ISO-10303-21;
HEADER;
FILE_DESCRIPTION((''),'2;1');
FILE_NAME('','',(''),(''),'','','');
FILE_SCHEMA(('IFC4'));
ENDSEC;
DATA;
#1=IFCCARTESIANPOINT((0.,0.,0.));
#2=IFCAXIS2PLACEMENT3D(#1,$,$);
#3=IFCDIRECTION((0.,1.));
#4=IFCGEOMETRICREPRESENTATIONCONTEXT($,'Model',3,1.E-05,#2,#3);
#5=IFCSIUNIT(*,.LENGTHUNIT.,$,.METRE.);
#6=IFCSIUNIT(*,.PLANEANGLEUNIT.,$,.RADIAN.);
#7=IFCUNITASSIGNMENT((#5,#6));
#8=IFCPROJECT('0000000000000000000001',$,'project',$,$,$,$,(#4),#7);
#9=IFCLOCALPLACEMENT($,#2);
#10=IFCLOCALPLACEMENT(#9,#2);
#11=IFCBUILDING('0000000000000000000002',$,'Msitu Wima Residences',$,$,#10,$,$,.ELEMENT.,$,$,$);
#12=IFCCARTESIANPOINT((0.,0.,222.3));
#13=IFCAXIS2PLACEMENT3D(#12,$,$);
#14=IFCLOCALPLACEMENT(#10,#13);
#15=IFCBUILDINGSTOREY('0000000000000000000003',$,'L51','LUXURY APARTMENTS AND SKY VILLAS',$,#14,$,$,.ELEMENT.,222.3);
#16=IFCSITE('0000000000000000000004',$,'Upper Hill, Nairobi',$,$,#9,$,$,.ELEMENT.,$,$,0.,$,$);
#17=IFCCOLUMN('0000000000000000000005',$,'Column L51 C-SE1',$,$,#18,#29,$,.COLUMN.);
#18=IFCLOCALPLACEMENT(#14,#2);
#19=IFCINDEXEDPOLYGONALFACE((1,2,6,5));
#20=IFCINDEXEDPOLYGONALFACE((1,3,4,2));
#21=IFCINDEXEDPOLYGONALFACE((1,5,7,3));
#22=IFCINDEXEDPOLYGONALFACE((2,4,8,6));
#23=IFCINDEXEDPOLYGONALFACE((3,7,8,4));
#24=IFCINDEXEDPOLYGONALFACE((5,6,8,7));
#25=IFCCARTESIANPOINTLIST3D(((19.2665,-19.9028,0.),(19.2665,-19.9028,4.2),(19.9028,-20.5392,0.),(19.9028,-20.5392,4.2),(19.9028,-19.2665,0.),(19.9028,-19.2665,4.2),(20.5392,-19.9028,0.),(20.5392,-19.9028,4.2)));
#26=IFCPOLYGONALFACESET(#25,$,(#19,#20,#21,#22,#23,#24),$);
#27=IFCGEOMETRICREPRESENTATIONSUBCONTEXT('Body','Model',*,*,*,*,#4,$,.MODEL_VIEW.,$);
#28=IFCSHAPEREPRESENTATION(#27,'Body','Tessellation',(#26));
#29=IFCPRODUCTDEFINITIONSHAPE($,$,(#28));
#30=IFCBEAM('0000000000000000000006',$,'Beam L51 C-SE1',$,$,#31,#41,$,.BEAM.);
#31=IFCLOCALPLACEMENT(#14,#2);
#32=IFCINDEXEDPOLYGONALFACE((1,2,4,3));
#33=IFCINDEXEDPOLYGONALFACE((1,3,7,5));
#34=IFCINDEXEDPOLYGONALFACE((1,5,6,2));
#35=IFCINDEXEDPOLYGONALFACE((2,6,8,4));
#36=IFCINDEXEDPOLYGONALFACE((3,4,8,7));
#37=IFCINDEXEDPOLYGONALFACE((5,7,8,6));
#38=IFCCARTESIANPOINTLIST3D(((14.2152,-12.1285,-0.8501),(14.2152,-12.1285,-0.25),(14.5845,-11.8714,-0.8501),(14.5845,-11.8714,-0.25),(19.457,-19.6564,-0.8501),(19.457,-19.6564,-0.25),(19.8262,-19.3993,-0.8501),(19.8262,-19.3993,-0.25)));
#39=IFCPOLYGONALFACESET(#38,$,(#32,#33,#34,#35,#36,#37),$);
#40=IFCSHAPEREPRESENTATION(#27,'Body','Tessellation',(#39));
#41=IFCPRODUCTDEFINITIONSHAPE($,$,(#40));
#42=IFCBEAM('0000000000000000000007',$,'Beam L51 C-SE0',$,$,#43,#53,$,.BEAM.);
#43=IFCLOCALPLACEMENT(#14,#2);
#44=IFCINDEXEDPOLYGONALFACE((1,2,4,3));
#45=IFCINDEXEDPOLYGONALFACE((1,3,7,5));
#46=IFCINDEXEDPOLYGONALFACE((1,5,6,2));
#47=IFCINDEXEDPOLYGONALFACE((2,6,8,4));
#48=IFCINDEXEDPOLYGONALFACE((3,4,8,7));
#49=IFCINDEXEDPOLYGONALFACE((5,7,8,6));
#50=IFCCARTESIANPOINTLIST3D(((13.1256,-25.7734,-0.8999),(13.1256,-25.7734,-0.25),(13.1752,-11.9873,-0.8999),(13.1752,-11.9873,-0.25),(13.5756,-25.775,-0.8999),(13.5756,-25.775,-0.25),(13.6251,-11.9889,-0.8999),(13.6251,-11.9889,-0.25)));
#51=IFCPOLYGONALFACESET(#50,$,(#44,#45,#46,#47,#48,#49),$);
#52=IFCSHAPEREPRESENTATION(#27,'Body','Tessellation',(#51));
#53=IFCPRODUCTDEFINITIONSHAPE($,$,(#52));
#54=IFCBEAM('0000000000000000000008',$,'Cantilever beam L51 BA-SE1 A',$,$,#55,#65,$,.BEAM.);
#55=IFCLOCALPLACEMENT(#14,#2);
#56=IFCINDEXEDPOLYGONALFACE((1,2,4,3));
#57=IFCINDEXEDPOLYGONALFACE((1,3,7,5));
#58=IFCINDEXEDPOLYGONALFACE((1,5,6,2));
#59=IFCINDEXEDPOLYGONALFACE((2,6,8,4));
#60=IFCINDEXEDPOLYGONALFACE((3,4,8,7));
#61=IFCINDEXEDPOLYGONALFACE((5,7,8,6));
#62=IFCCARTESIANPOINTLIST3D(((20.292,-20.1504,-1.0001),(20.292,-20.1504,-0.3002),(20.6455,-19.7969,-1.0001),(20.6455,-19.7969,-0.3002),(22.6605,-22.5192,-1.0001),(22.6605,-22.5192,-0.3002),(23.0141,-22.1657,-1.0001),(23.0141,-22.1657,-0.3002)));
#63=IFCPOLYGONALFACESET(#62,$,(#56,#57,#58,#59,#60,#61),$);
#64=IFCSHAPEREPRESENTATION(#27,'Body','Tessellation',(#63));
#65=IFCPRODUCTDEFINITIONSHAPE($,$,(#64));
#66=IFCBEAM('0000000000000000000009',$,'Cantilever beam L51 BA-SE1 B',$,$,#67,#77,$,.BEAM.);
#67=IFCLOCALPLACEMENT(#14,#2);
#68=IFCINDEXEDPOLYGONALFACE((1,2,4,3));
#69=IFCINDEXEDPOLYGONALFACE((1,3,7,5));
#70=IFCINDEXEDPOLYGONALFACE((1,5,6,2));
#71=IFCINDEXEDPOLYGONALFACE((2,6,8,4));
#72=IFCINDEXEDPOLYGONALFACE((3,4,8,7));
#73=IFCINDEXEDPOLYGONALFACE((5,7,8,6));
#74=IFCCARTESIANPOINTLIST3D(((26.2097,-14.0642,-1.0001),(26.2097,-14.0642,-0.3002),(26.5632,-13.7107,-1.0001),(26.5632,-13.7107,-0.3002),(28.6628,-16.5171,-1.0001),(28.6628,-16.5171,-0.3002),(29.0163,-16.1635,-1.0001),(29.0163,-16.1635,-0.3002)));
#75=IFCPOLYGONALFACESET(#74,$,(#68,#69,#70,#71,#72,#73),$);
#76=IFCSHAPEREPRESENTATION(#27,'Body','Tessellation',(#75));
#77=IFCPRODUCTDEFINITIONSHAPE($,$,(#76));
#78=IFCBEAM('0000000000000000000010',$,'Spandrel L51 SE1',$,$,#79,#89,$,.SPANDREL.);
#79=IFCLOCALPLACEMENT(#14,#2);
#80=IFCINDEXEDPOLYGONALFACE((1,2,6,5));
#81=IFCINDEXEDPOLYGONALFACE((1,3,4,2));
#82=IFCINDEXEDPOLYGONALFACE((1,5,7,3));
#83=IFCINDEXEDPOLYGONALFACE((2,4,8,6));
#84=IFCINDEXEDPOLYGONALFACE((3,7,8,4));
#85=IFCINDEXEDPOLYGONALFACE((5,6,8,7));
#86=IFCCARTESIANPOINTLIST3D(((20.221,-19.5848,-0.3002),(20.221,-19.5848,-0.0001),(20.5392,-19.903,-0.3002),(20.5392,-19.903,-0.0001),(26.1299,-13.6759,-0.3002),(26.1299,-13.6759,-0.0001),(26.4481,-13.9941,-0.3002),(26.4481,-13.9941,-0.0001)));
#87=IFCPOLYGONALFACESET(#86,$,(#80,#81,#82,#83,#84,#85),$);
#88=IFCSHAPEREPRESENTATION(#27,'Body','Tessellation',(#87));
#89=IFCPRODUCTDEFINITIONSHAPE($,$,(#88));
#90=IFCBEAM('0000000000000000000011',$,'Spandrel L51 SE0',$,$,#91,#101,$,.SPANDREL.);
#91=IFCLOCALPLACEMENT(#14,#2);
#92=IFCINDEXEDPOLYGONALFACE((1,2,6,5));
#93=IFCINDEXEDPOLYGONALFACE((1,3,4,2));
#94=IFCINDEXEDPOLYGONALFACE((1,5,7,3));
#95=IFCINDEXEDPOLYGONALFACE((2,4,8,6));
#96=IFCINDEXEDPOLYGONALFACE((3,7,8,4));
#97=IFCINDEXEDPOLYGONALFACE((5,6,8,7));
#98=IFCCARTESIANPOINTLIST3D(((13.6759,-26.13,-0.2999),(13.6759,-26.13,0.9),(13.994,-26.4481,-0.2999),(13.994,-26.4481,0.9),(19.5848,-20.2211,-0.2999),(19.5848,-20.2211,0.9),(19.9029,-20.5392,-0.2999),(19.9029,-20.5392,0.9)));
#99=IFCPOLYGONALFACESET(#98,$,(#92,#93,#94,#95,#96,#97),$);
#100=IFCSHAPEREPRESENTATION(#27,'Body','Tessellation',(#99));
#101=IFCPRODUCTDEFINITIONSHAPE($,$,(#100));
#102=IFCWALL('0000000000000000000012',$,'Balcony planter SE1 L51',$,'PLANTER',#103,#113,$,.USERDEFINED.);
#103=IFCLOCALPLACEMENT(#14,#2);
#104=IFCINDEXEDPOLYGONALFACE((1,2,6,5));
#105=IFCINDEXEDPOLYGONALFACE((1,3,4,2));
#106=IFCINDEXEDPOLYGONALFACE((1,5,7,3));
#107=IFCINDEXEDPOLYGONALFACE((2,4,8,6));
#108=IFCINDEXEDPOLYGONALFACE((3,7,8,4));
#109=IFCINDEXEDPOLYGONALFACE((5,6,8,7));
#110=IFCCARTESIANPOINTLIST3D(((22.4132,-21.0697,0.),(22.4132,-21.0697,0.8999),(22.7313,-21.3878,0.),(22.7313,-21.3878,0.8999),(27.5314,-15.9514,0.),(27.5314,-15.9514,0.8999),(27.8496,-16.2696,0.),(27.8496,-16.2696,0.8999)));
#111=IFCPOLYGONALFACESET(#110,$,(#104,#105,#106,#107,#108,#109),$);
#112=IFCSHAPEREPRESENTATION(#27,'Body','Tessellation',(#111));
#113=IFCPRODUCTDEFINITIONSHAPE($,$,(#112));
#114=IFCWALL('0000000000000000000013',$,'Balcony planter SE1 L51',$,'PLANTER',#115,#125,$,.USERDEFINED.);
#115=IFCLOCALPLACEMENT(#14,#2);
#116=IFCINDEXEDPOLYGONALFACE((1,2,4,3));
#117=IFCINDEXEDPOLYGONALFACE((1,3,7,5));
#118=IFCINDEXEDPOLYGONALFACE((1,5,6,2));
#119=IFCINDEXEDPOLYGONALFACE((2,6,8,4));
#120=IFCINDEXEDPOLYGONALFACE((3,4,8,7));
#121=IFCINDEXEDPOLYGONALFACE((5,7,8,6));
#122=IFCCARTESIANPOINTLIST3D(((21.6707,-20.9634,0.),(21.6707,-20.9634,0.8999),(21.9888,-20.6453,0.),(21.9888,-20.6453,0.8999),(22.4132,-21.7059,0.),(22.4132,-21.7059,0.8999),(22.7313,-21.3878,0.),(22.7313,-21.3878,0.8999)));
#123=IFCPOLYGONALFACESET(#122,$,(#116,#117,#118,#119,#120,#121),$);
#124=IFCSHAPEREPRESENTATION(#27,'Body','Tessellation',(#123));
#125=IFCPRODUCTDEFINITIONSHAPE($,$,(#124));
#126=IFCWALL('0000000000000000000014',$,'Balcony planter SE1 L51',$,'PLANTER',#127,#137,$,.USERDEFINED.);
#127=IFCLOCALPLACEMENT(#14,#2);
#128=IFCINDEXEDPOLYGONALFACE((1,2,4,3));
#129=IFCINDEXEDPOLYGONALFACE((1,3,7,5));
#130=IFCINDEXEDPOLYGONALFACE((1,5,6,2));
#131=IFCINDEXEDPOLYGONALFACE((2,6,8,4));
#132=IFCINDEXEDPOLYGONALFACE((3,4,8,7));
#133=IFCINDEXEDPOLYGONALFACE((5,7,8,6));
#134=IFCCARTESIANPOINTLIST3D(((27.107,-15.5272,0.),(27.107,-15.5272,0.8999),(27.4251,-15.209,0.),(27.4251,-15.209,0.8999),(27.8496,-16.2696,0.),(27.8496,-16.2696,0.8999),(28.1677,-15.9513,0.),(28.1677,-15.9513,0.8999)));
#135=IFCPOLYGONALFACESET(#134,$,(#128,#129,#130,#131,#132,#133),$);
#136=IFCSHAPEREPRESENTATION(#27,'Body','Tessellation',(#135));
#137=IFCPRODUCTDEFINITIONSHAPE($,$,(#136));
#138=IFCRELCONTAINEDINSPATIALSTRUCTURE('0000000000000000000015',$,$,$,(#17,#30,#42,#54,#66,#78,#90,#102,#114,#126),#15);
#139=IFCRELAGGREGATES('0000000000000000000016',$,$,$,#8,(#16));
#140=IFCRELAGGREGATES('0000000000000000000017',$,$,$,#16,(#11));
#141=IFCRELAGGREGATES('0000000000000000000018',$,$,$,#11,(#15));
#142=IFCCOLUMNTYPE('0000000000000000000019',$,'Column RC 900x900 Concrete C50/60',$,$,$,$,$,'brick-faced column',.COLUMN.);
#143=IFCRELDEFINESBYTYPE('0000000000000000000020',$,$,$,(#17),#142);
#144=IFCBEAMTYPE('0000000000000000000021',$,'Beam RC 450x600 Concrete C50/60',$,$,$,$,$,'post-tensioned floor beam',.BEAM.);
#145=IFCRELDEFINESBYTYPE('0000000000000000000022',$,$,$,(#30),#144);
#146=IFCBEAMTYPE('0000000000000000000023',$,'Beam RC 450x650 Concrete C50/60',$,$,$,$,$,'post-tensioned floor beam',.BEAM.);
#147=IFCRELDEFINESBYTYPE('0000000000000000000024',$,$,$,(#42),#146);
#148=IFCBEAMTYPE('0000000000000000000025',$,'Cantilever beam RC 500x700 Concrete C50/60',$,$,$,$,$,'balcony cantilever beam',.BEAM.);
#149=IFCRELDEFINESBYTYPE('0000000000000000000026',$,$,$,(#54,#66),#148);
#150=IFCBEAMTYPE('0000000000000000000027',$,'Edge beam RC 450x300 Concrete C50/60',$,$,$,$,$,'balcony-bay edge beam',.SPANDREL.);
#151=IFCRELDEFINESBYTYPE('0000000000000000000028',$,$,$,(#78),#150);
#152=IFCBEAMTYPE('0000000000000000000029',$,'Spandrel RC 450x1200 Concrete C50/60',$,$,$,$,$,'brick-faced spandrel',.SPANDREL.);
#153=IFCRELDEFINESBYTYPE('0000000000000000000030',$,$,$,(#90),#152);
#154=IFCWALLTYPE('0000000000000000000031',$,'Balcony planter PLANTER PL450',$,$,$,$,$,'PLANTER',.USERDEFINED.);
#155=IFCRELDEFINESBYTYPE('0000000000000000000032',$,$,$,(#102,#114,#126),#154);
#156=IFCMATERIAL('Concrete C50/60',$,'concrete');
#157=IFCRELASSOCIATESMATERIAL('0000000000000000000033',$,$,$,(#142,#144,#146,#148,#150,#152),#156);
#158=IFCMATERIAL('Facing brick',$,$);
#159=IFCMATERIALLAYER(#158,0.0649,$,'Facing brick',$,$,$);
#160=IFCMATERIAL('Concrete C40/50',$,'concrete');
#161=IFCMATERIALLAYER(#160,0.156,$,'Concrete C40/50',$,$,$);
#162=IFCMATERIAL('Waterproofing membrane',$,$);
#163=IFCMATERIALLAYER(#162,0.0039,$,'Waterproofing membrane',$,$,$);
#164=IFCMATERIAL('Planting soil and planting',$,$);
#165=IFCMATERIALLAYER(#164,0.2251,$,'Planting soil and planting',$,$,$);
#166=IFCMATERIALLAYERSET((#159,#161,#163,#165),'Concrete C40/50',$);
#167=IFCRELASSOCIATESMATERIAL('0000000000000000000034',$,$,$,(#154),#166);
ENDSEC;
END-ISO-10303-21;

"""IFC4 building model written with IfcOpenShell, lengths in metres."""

from ifc_helpers import new_model, si_unit, direction, frame, frame_2d, origin, origin_2d, place, context, subcontext, project, spatial, rectangle, extrude, material, layer, layer_set, material_profile, profile_set, type_object, element, save


model = new_model("IFC4")

# Units and contexts
model_context = context("Model", 3, precision=1e-05, world=origin(), true_north=direction((0.0, 1.0)))
body_context = subcontext(model_context, "Body", "Model", "MODEL_VIEW")
ifc_project = project(units=[si_unit("LENGTHUNIT", "METRE"), si_unit("PLANEANGLEUNIT", "RADIAN")], contexts=[model_context])

# Site, building, storey
site_placement = place(None, origin())
site = spatial("IfcSite", under=ifc_project, at=site_placement, Name="Upper Hill, Nairobi", CompositionType="ELEMENT", RefElevation=0.0)
building_placement = place(site_placement, origin())
building = spatial("IfcBuilding", under=site, at=building_placement, Name="Msitu Wima Residences", CompositionType="ELEMENT")
storey_placement = place(building_placement, frame((0.0, 0.0, 222.3)))
storey = spatial("IfcBuildingStorey", under=building, at=storey_placement, Name="L51", Description="LUXURY APARTMENTS AND SKY VILLAS", CompositionType="ELEMENT", Elevation=222.3)

# Column
ifc_material_1 = material(Name="Concrete C50/60", Category="concrete")
ifc_material_profile_1 = material_profile(ifc_material_1, rectangle(XDim=0.8999, YDim=0.8999, at=origin_2d()), Name="RC 900x900")
ifc_profile_set_1 = profile_set([ifc_material_profile_1], Name="Concrete C50/60")
column_type = type_object("IfcColumnType", Name="Column RC 900x900 Concrete C50/60", ElementType="brick-faced column", PredefinedType="COLUMN", material=ifc_profile_set_1)
column_placement = place(storey_placement, frame((19.9028, -19.9028, 0.0), z_axis=(0.0, 0.0, 1.0), x_axis=(0.707107, 0.707107, 0.0)))
element("IfcColumn", 1, at=column_placement, inside=storey, type_object=column_type, Name="Column L51 C-SE1", PredefinedType="COLUMN", context=body_context, shape_type="SweptSolid", body=[
    extrude(rectangle(XDim=0.8999, YDim=0.8999, at=origin_2d()), origin(), (0.0, 0.0, 1.0), 4.2),
])

# Beams
ifc_material_profile_2 = material_profile(ifc_material_1, rectangle(XDim=0.45, YDim=0.6001, at=origin_2d()), Name="RC 450x600")
ifc_profile_set_2 = profile_set([ifc_material_profile_2], Name="Concrete C50/60")
beam_type_1 = type_object("IfcBeamType", Name="Beam RC 450x600 Concrete C50/60", ElementType="post-tensioned floor beam", PredefinedType="BEAM", material=ifc_profile_set_2)
beam_1_placement = place(storey_placement, frame((19.6416, -19.5278, -0.55), z_axis=(-0.571428, 0.820652, 0.0), x_axis=(-0.820652, -0.571428, 0.0)))
element("IfcBeam", 2, at=beam_1_placement, inside=storey, type_object=beam_type_1, Name="Beam L51 C-SE1", PredefinedType="BEAM", context=body_context, shape_type="SweptSolid", body=[
    extrude(rectangle(XDim=0.45, YDim=0.6001, at=origin_2d()), origin(), (0.0, 0.0, 1.0), 9.1731),
])
ifc_material_profile_3 = material_profile(ifc_material_1, rectangle(XDim=0.45, YDim=0.6499, at=origin_2d()), Name="RC 450x650")
ifc_profile_set_3 = profile_set([ifc_material_profile_3], Name="Concrete C50/60")
beam_type_2 = type_object("IfcBeamType", Name="Beam RC 450x650 Concrete C50/60", ElementType="post-tensioned floor beam", PredefinedType="BEAM", material=ifc_profile_set_3)
beam_2_placement = place(storey_placement, frame((13.3506, -25.7742, -0.575), z_axis=(0.003595, 0.999994, 0.0), x_axis=(-0.999994, 0.003595, 0.0)))
element("IfcBeam", 3, at=beam_2_placement, inside=storey, type_object=beam_type_2, Name="Beam L51 C-SE0", PredefinedType="BEAM", context=body_context, shape_type="SweptSolid", body=[
    extrude(rectangle(XDim=0.45, YDim=0.6499, at=origin_2d()), origin(), (0.0, 0.0, 1.0), 13.7861),
])
ifc_material_profile_4 = material_profile(ifc_material_1, rectangle(XDim=0.5, YDim=0.7, at=origin_2d()), Name="RC 500x700")
ifc_profile_set_4 = profile_set([ifc_material_profile_4], Name="Concrete C50/60")
beam_type_3 = type_object("IfcBeamType", Name="Cantilever beam RC 500x700 Concrete C50/60", ElementType="balcony cantilever beam", PredefinedType="BEAM", material=ifc_profile_set_4)
beam_3_placement = place(storey_placement, frame((20.4688, -19.9736, -0.6501), z_axis=(0.70707, -0.707143, 0.0), x_axis=(0.707143, 0.70707, 0.0)))
element("IfcBeam", 4, at=beam_3_placement, inside=storey, type_object=beam_type_3, Name="Cantilever beam L51 BA-SE1 A", PredefinedType="BEAM", context=body_context, shape_type="SweptSolid", body=[
    extrude(rectangle(XDim=0.5, YDim=0.7, at=origin_2d()), origin(), (0.0, 0.0, 1.0), 3.3499),
])
beam_4_placement = place(storey_placement, frame((26.3865, -13.8875, -0.6501), z_axis=(0.707142, -0.707072, 0.0), x_axis=(0.707072, 0.707142, 0.0)))
element("IfcBeam", 5, at=beam_4_placement, inside=storey, type_object=beam_type_3, Name="Cantilever beam L51 BA-SE1 B", PredefinedType="BEAM", context=body_context, shape_type="SweptSolid", body=[
    extrude(rectangle(XDim=0.5, YDim=0.7, at=origin_2d()), origin(), (0.0, 0.0, 1.0), 3.469),
])
ifc_material_profile_5 = material_profile(ifc_material_1, rectangle(XDim=0.45, YDim=0.3, at=origin_2d()), Name="RC 450x300")
ifc_profile_set_5 = profile_set([ifc_material_profile_5], Name="Concrete C50/60")
beam_type_4 = type_object("IfcBeamType", Name="Edge beam RC 450x300 Concrete C50/60", ElementType="balcony-bay edge beam", PredefinedType="SPANDREL", material=ifc_profile_set_5)
beam_5_placement = place(storey_placement, frame((20.3801, -19.7439, -0.1501), z_axis=(0.707107, 0.707107, 0.0), x_axis=(-0.707107, 0.707107, 0.0)))
element("IfcBeam", 6, at=beam_5_placement, inside=storey, type_object=beam_type_4, Name="Spandrel L51 SE1", PredefinedType="SPANDREL", context=body_context, shape_type="SweptSolid", body=[
    extrude(rectangle(XDim=0.45, YDim=0.3, at=origin_2d()), origin(), (0.0, 0.0, 1.0), 8.3564),
])
ifc_material_profile_6 = material_profile(ifc_material_1, rectangle(XDim=0.45, YDim=1.2, at=origin_2d()), Name="RC 450x1200")
ifc_profile_set_6 = profile_set([ifc_material_profile_6], Name="Concrete C50/60")
beam_type_5 = type_object("IfcBeamType", Name="Spandrel RC 450x1200 Concrete C50/60", ElementType="brick-faced spandrel", PredefinedType="SPANDREL", material=ifc_profile_set_6)
beam_6_placement = place(storey_placement, frame((13.835, -26.2891, 0.3), z_axis=(0.707107, 0.707107, 0.0), x_axis=(-0.707107, 0.707107, 0.0)))
element("IfcBeam", 7, at=beam_6_placement, inside=storey, type_object=beam_type_5, Name="Spandrel L51 SE0", PredefinedType="SPANDREL", context=body_context, shape_type="SweptSolid", body=[
    extrude(rectangle(XDim=0.45, YDim=1.2, at=origin_2d()), origin(), (0.0, 0.0, 1.0), 8.3564),
])

# Walls
ifc_material_2 = material(Name="Facing brick")
ifc_layer_1 = layer(ifc_material_2, 0.0649, Name="Facing brick")
ifc_material_3 = material(Name="Concrete C40/50", Category="concrete")
ifc_layer_2 = layer(ifc_material_3, 0.156, Name="Concrete C40/50")
ifc_material_4 = material(Name="Waterproofing membrane")
ifc_layer_3 = layer(ifc_material_4, 0.0039, Name="Waterproofing membrane")
ifc_material_5 = material(Name="Planting soil and planting")
ifc_layer_4 = layer(ifc_material_5, 0.2251, Name="Planting soil and planting")
ifc_layer_set_1 = layer_set([ifc_layer_1, ifc_layer_2, ifc_layer_3, ifc_layer_4], Name="Concrete C40/50")
wall_type_1 = type_object("IfcWallType", Name="Balcony planter PLANTER PL450", ElementType="PLANTER", PredefinedType="USERDEFINED", material=ifc_layer_set_1)
wall_1_placement = place(storey_placement, frame((22.5723, -21.2288, 0.0), z_axis=(0.0, 0.0, 1.0), x_axis=(0.707107, 0.707107, 0.0)))
element("IfcWall", 8, at=wall_1_placement, inside=storey, type_object=wall_type_1, Name="Balcony planter SE1 L51", ObjectType="PLANTER", PredefinedType="USERDEFINED", context=body_context, shape_type="SweptSolid", body=[
    extrude(rectangle(XDim=7.2383, YDim=0.45, at=frame_2d((3.6191, 0.0))), origin(), (0.0, 0.0, 1.0), 0.8999),
])
for number, where, z_axis, x_axis, name in (
    (9, (21.8298, -20.8044, 0.0), (0.0, 0.0, 1.0), (0.707107, -0.707107, 0.0), "Balcony planter SE1 L51"),
    (10, (27.2661, -15.3682, 0.0), (0.0, 0.0, 1.0), (0.707223, -0.706991, 0.0), "Balcony planter SE1 L51"),
):
    element("IfcWall", number, at=place(storey_placement, frame(where, z_axis=z_axis, x_axis=x_axis)), inside=storey, type_object=wall_type_1, Name=name, ObjectType="PLANTER", PredefinedType="USERDEFINED", context=body_context, shape_type="SweptSolid", body=[
        extrude(rectangle(XDim=1.05, YDim=0.45, at=frame_2d((0.5249, 0.0))), origin(), (0.0, 0.0, 1.0), 0.8999),
    ])

save(model, "model.ifc")
